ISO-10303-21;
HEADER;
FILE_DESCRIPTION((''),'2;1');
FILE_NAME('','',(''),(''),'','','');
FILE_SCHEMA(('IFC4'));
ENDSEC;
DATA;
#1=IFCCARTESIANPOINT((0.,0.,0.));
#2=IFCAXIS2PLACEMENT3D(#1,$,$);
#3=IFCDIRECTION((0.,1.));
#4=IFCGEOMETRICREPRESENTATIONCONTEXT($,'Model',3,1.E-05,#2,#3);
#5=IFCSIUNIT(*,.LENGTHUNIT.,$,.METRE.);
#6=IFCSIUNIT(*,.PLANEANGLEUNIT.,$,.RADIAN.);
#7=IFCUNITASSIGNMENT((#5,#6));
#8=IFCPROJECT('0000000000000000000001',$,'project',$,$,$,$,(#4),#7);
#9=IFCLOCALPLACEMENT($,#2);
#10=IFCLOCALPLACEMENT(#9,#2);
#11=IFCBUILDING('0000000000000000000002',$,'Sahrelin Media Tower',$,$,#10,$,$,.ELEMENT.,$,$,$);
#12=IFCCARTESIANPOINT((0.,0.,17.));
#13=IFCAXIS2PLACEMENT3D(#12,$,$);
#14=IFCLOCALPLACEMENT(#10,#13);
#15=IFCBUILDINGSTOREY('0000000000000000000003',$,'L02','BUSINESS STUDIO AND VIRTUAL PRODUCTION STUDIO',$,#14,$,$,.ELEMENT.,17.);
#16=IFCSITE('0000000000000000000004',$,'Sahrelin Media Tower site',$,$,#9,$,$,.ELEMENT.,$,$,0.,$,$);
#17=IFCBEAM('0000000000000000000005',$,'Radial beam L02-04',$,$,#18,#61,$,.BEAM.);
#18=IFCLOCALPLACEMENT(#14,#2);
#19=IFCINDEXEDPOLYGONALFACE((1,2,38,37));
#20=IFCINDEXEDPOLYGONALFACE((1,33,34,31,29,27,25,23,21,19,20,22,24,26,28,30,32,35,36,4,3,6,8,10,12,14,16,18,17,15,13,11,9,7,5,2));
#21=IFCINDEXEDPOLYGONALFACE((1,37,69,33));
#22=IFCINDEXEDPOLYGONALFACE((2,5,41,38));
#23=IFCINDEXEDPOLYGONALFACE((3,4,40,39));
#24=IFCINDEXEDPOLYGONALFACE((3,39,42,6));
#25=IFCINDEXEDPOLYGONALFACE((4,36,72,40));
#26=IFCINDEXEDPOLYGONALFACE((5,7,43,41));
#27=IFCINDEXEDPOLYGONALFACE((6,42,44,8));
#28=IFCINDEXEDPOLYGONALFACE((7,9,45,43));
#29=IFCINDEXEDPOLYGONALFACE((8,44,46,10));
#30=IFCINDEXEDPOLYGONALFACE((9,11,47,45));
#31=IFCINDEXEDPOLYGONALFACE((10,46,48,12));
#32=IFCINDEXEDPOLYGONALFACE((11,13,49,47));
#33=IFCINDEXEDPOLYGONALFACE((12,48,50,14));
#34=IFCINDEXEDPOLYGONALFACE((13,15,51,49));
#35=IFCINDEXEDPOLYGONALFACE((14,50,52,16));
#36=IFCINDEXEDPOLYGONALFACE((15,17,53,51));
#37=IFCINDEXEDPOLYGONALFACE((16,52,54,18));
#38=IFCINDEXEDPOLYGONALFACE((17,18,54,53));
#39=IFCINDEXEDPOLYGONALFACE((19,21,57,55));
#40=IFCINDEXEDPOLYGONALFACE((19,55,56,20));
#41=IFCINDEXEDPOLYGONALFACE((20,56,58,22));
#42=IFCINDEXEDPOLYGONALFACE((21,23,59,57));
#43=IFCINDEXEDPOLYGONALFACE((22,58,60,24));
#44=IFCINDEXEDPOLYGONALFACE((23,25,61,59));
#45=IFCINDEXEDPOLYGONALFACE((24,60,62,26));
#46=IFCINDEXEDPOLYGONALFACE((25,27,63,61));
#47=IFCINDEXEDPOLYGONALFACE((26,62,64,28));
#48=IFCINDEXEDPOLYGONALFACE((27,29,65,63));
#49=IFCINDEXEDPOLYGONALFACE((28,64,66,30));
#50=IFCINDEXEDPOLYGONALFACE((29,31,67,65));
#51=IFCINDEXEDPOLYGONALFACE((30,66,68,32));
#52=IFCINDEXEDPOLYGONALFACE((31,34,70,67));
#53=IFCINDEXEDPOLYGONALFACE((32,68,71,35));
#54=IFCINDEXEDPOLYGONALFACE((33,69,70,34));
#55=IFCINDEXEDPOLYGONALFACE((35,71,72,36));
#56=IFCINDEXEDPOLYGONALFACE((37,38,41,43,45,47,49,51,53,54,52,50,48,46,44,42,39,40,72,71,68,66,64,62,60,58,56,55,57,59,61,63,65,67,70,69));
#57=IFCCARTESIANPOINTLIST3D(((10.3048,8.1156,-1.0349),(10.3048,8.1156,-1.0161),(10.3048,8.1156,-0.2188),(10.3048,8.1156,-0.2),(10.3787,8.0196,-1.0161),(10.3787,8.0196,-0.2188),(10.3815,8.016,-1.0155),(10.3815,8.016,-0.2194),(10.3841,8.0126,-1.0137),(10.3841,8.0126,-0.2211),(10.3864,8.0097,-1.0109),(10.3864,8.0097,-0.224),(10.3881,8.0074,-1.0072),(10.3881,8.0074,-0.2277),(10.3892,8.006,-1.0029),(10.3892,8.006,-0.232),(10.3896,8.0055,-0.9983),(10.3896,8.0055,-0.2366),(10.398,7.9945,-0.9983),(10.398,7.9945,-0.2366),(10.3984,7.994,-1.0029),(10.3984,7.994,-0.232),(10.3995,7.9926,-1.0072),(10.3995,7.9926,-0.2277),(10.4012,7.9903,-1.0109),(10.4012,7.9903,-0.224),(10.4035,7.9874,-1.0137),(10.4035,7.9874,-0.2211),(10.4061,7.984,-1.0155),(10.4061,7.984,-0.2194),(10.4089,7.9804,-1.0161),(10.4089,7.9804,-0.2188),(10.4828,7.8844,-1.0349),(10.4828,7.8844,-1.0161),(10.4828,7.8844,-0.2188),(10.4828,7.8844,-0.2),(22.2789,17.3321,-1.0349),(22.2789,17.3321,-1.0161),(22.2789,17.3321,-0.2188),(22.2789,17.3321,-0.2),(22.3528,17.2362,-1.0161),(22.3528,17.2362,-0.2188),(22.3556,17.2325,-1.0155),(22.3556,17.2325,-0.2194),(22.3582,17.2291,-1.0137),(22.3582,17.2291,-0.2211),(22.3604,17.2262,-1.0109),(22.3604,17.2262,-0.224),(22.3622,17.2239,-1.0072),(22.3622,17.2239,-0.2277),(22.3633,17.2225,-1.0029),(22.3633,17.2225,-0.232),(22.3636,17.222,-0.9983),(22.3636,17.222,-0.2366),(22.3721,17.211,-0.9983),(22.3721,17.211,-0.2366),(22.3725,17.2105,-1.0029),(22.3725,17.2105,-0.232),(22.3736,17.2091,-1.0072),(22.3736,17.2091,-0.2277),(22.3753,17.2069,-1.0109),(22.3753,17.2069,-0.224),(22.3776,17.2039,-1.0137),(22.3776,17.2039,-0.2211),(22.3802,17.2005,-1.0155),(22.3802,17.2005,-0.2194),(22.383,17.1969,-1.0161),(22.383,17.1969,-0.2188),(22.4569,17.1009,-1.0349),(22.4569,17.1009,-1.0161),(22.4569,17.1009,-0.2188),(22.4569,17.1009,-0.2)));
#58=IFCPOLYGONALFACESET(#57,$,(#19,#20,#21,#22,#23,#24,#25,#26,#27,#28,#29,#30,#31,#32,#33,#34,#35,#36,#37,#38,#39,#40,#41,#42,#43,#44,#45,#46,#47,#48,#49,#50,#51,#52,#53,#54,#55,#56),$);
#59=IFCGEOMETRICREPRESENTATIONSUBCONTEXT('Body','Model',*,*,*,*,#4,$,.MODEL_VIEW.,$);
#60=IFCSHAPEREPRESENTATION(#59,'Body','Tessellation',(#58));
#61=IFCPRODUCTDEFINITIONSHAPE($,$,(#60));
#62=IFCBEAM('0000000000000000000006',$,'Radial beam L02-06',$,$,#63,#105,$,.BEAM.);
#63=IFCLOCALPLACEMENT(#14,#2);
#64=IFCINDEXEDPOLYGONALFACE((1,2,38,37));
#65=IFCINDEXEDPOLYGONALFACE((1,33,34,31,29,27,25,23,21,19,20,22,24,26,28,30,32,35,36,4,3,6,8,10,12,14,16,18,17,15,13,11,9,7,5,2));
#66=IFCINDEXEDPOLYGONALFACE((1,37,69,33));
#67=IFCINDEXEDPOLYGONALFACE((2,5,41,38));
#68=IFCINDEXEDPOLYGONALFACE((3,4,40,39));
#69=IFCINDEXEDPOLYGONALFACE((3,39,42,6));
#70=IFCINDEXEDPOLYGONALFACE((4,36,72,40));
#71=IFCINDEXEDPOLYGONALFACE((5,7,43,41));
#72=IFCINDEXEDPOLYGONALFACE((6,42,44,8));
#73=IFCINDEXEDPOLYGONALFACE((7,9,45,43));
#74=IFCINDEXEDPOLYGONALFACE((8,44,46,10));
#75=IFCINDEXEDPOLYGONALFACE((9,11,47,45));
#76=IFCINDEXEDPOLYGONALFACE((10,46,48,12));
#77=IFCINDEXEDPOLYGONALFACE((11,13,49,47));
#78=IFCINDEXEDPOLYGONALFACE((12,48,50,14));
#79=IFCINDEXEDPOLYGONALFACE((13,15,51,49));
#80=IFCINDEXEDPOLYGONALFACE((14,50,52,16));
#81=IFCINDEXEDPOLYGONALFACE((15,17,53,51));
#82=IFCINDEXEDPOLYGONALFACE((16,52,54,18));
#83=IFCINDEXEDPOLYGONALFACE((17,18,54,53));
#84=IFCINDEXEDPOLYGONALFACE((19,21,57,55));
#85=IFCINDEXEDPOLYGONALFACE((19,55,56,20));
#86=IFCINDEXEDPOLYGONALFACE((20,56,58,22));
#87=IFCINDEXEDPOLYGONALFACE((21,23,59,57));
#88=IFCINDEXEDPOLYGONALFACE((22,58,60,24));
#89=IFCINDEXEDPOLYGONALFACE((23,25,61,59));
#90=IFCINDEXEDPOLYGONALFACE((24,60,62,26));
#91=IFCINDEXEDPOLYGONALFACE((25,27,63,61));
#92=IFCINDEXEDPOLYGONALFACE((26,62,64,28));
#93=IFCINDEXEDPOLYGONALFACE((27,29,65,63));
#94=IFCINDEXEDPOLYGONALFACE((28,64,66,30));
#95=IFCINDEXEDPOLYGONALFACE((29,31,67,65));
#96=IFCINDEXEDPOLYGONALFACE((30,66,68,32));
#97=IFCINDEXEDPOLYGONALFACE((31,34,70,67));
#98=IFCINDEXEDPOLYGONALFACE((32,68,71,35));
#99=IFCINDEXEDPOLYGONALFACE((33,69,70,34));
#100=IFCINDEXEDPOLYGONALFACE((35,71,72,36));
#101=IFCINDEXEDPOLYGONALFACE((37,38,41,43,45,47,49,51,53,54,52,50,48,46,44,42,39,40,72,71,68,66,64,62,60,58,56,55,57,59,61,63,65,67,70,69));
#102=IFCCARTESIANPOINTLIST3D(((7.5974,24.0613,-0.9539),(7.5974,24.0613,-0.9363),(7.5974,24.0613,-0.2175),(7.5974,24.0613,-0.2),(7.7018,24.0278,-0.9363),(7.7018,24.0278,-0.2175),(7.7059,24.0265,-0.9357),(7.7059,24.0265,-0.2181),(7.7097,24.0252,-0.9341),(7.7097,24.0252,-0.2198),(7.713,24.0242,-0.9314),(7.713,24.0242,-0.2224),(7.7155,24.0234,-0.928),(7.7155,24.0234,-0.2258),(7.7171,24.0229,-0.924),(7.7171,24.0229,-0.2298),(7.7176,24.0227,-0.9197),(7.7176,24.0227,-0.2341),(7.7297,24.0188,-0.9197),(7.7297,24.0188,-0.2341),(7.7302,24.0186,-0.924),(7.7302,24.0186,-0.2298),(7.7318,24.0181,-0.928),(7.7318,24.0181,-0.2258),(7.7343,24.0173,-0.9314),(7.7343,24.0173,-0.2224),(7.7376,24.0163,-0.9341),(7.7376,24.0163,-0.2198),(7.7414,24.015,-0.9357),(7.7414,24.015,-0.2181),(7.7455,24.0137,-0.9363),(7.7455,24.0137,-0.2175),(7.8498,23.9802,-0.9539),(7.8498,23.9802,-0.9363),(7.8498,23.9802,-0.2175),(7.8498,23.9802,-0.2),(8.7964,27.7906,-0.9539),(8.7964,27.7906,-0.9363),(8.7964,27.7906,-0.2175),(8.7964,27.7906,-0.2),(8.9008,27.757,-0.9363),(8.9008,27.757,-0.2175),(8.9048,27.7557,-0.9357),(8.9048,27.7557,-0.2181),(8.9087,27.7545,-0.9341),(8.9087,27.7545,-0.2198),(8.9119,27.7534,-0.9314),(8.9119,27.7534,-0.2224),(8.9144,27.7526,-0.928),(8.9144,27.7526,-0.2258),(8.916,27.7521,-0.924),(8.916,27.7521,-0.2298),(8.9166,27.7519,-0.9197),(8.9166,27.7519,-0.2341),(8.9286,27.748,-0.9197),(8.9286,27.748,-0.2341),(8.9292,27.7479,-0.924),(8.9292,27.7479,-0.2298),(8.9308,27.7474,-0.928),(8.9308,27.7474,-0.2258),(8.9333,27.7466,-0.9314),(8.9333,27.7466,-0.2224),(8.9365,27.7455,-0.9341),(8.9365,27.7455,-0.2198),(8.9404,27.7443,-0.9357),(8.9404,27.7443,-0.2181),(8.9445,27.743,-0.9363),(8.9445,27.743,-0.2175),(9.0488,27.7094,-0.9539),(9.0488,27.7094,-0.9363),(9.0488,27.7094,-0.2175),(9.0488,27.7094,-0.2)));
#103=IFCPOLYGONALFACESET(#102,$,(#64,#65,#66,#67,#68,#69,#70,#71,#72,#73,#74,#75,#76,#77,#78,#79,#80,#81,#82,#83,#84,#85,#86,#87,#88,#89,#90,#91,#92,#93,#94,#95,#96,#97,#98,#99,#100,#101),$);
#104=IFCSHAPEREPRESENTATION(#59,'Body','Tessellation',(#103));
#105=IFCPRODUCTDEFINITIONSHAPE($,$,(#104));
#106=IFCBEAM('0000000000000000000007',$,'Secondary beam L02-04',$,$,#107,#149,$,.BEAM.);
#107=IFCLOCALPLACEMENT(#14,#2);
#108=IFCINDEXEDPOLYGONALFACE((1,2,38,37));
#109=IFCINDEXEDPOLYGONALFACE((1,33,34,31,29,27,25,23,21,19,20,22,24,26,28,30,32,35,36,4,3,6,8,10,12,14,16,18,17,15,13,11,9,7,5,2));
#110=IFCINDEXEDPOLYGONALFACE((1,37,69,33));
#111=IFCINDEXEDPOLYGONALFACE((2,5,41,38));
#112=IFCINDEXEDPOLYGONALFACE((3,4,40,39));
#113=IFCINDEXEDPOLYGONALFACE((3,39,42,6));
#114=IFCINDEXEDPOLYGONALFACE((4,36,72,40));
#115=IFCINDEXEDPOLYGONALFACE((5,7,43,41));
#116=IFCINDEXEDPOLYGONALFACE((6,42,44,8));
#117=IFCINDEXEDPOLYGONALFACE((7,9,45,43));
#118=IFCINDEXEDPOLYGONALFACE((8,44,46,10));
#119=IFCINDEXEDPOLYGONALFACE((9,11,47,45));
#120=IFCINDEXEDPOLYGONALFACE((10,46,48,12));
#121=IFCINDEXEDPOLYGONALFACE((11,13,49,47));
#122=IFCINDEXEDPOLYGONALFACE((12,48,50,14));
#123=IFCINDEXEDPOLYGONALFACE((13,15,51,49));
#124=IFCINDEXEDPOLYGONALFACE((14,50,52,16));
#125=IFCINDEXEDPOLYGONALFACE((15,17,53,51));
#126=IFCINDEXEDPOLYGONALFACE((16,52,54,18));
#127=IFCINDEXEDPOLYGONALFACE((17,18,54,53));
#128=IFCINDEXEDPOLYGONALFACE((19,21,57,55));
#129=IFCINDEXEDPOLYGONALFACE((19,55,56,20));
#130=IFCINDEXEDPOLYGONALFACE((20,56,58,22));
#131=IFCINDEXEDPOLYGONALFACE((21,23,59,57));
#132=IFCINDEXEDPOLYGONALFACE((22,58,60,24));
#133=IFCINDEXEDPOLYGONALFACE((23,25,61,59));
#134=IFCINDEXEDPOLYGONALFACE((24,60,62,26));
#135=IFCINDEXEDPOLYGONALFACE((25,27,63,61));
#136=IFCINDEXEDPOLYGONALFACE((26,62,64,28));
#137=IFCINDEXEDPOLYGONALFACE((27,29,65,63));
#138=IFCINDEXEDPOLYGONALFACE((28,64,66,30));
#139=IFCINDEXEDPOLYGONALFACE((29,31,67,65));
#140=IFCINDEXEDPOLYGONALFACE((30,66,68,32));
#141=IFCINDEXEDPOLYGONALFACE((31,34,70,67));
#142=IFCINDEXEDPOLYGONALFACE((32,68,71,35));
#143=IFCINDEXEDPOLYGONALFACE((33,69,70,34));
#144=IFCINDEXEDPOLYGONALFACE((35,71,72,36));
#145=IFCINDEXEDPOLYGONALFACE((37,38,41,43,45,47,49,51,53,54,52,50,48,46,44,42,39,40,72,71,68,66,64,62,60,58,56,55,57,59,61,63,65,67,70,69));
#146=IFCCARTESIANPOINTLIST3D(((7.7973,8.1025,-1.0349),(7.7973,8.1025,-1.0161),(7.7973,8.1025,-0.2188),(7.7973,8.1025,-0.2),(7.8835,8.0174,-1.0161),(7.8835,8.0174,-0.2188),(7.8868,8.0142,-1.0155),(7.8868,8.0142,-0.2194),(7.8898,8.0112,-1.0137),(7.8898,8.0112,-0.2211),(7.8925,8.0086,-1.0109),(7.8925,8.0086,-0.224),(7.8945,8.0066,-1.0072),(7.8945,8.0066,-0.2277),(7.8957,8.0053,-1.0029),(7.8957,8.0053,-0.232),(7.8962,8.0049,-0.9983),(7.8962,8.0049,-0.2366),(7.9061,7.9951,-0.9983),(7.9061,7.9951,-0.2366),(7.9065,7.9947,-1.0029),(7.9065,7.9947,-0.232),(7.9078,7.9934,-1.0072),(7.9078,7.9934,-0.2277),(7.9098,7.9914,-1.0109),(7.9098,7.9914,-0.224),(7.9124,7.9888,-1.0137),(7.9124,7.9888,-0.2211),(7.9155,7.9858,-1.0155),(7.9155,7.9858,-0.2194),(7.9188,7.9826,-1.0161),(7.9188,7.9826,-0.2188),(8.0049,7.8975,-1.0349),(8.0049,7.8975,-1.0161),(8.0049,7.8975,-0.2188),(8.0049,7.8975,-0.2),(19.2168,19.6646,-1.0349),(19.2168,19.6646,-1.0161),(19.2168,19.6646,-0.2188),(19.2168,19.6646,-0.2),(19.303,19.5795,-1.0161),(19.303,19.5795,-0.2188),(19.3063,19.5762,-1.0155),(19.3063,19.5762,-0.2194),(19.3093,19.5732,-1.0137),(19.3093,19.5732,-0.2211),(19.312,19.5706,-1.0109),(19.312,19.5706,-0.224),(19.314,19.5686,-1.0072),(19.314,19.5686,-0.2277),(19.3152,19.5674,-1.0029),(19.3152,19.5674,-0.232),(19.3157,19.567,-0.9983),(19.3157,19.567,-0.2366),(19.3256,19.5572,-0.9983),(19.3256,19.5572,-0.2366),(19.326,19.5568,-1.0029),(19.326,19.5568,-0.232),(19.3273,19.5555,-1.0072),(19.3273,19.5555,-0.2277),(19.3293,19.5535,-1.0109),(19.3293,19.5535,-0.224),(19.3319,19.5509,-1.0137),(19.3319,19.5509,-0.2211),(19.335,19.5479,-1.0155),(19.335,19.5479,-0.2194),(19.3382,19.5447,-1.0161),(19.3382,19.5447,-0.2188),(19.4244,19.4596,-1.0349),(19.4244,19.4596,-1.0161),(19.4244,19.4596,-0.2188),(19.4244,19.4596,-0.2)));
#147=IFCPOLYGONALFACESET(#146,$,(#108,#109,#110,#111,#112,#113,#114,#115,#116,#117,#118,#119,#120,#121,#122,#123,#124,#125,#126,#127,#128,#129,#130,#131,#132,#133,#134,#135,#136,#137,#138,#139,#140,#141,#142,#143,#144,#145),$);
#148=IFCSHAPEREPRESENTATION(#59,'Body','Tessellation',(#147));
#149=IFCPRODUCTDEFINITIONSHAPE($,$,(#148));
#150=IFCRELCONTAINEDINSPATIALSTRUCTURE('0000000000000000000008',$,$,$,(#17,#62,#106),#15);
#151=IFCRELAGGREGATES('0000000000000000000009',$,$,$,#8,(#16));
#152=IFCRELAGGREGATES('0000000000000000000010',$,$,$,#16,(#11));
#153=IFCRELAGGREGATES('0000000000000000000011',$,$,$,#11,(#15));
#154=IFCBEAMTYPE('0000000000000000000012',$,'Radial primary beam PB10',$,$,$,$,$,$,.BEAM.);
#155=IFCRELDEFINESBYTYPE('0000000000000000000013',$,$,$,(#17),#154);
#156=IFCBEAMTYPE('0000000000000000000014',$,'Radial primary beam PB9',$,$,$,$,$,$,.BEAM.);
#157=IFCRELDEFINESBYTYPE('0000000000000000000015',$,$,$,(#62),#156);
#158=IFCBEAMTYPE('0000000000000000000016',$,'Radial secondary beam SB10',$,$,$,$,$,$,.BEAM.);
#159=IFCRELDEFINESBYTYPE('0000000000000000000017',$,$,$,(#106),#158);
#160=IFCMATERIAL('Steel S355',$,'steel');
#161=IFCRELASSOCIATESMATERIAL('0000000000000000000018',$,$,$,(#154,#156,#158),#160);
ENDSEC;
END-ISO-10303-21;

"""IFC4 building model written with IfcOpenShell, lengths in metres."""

from ifc_helpers import new_model, si_unit, direction, frame, origin, origin_2d, place, context, subcontext, project, spatial, i_section, extrude, material, material_profile, profile_set, type_object, element, save


model = new_model("IFC4")

# Units and contexts
model_context = context("Model", 3, precision=1e-05, world=origin(), true_north=direction((0.0, 1.0)))
body_context = subcontext(model_context, "Body", "Model", "MODEL_VIEW")
ifc_project = project(units=[si_unit("LENGTHUNIT", "METRE"), si_unit("PLANEANGLEUNIT", "RADIAN")], contexts=[model_context])

# Site, building, storey
site_placement = place(None, origin())
site = spatial("IfcSite", under=ifc_project, at=site_placement, Name="Sahrelin Media Tower site", CompositionType="ELEMENT", RefElevation=0.0)
building_placement = place(site_placement, origin())
building = spatial("IfcBuilding", under=site, at=building_placement, Name="Sahrelin Media Tower", CompositionType="ELEMENT")
storey_placement = place(building_placement, frame((0.0, 0.0, 17.0)))
storey = spatial("IfcBuildingStorey", under=building, at=storey_placement, Name="L02", Description="BUSINESS STUDIO AND VIRTUAL PRODUCTION STUDIO", CompositionType="ELEMENT", Elevation=17.0)

# Beams
ifc_material_1 = material(Name="Steel S355", Category="steel")
ifc_material_profile_1 = material_profile(ifc_material_1, i_section(OverallWidth=0.2917, OverallDepth=0.835, WebThickness=0.0139, FlangeThickness=0.0188, FilletRadius=0.0178, at=origin_2d()), Name="UB 838x292x176")
ifc_profile_set_1 = profile_set([ifc_material_profile_1], Name="Steel S355")
beam_type_1 = type_object("IfcBeamType", Name="Radial primary beam PB10", PredefinedType="BEAM", material=ifc_profile_set_1)
beam_1_placement = place(storey_placement, frame((10.3938, 8.0, -0.6174), z_axis=(0.792442, 0.609947, 0.0), x_axis=(-0.609947, 0.792442, 0.0)))
element("IfcBeam", 1, at=beam_1_placement, inside=storey, type_object=beam_type_1, Name="Radial beam L02-04", PredefinedType="BEAM", context=body_context, shape_type="SweptSolid", body=[
    extrude(i_section(OverallWidth=0.2917, OverallDepth=0.835, WebThickness=0.0139, FlangeThickness=0.0188, FilletRadius=0.0178, at=origin_2d()), origin(), (0.0, 0.0, 1.0), 15.1104),
])
ifc_material_profile_2 = material_profile(ifc_material_1, i_section(OverallWidth=0.2651, OverallDepth=0.7539, WebThickness=0.0127, FlangeThickness=0.0176, FilletRadius=0.0166, at=origin_2d()), Name="UB 762x267x147")
ifc_profile_set_2 = profile_set([ifc_material_profile_2], Name="Steel S355")
beam_type_2 = type_object("IfcBeamType", Name="Radial primary beam PB9", PredefinedType="BEAM", material=ifc_profile_set_2)
beam_2_placement = place(storey_placement, frame((7.7236, 24.0208, -0.5769), z_axis=(0.306076, 0.952007, 0.0), x_axis=(-0.952007, 0.306076, 0.0)))
element("IfcBeam", 2, at=beam_2_placement, inside=storey, type_object=beam_type_2, Name="Radial beam L02-06", PredefinedType="BEAM", context=body_context, shape_type="SweptSolid", body=[
    extrude(i_section(OverallWidth=0.2651, OverallDepth=0.7539, WebThickness=0.0127, FlangeThickness=0.0176, FilletRadius=0.0166, at=origin_2d()), origin(), (0.0, 0.0, 1.0), 3.9172),
])
ifc_material_profile_3 = material_profile(ifc_material_1, i_section(OverallWidth=0.2917, OverallDepth=0.835, WebThickness=0.0139, FlangeThickness=0.0188, FilletRadius=0.0178, at=origin_2d()), Name="UB 838x292x176")
ifc_profile_set_3 = profile_set([ifc_material_profile_3], Name="Steel S355")
beam_type_3 = type_object("IfcBeamType", Name="Radial secondary beam SB10", PredefinedType="BEAM", material=ifc_profile_set_3)
beam_3_placement = place(storey_placement, frame((7.9011, 8.0, -0.6174), z_axis=(0.702706, 0.71148, 0.0), x_axis=(-0.71148, 0.702706, 0.0)))
element("IfcBeam", 3, at=beam_3_placement, inside=storey, type_object=beam_type_3, Name="Secondary beam L02-04", PredefinedType="BEAM", context=body_context, shape_type="SweptSolid", body=[
    extrude(i_section(OverallWidth=0.2917, OverallDepth=0.835, WebThickness=0.0139, FlangeThickness=0.0188, FilletRadius=0.0178, at=origin_2d()), origin(), (0.0, 0.0, 1.0), 16.2507),
])

save(model, "model.ifc")
